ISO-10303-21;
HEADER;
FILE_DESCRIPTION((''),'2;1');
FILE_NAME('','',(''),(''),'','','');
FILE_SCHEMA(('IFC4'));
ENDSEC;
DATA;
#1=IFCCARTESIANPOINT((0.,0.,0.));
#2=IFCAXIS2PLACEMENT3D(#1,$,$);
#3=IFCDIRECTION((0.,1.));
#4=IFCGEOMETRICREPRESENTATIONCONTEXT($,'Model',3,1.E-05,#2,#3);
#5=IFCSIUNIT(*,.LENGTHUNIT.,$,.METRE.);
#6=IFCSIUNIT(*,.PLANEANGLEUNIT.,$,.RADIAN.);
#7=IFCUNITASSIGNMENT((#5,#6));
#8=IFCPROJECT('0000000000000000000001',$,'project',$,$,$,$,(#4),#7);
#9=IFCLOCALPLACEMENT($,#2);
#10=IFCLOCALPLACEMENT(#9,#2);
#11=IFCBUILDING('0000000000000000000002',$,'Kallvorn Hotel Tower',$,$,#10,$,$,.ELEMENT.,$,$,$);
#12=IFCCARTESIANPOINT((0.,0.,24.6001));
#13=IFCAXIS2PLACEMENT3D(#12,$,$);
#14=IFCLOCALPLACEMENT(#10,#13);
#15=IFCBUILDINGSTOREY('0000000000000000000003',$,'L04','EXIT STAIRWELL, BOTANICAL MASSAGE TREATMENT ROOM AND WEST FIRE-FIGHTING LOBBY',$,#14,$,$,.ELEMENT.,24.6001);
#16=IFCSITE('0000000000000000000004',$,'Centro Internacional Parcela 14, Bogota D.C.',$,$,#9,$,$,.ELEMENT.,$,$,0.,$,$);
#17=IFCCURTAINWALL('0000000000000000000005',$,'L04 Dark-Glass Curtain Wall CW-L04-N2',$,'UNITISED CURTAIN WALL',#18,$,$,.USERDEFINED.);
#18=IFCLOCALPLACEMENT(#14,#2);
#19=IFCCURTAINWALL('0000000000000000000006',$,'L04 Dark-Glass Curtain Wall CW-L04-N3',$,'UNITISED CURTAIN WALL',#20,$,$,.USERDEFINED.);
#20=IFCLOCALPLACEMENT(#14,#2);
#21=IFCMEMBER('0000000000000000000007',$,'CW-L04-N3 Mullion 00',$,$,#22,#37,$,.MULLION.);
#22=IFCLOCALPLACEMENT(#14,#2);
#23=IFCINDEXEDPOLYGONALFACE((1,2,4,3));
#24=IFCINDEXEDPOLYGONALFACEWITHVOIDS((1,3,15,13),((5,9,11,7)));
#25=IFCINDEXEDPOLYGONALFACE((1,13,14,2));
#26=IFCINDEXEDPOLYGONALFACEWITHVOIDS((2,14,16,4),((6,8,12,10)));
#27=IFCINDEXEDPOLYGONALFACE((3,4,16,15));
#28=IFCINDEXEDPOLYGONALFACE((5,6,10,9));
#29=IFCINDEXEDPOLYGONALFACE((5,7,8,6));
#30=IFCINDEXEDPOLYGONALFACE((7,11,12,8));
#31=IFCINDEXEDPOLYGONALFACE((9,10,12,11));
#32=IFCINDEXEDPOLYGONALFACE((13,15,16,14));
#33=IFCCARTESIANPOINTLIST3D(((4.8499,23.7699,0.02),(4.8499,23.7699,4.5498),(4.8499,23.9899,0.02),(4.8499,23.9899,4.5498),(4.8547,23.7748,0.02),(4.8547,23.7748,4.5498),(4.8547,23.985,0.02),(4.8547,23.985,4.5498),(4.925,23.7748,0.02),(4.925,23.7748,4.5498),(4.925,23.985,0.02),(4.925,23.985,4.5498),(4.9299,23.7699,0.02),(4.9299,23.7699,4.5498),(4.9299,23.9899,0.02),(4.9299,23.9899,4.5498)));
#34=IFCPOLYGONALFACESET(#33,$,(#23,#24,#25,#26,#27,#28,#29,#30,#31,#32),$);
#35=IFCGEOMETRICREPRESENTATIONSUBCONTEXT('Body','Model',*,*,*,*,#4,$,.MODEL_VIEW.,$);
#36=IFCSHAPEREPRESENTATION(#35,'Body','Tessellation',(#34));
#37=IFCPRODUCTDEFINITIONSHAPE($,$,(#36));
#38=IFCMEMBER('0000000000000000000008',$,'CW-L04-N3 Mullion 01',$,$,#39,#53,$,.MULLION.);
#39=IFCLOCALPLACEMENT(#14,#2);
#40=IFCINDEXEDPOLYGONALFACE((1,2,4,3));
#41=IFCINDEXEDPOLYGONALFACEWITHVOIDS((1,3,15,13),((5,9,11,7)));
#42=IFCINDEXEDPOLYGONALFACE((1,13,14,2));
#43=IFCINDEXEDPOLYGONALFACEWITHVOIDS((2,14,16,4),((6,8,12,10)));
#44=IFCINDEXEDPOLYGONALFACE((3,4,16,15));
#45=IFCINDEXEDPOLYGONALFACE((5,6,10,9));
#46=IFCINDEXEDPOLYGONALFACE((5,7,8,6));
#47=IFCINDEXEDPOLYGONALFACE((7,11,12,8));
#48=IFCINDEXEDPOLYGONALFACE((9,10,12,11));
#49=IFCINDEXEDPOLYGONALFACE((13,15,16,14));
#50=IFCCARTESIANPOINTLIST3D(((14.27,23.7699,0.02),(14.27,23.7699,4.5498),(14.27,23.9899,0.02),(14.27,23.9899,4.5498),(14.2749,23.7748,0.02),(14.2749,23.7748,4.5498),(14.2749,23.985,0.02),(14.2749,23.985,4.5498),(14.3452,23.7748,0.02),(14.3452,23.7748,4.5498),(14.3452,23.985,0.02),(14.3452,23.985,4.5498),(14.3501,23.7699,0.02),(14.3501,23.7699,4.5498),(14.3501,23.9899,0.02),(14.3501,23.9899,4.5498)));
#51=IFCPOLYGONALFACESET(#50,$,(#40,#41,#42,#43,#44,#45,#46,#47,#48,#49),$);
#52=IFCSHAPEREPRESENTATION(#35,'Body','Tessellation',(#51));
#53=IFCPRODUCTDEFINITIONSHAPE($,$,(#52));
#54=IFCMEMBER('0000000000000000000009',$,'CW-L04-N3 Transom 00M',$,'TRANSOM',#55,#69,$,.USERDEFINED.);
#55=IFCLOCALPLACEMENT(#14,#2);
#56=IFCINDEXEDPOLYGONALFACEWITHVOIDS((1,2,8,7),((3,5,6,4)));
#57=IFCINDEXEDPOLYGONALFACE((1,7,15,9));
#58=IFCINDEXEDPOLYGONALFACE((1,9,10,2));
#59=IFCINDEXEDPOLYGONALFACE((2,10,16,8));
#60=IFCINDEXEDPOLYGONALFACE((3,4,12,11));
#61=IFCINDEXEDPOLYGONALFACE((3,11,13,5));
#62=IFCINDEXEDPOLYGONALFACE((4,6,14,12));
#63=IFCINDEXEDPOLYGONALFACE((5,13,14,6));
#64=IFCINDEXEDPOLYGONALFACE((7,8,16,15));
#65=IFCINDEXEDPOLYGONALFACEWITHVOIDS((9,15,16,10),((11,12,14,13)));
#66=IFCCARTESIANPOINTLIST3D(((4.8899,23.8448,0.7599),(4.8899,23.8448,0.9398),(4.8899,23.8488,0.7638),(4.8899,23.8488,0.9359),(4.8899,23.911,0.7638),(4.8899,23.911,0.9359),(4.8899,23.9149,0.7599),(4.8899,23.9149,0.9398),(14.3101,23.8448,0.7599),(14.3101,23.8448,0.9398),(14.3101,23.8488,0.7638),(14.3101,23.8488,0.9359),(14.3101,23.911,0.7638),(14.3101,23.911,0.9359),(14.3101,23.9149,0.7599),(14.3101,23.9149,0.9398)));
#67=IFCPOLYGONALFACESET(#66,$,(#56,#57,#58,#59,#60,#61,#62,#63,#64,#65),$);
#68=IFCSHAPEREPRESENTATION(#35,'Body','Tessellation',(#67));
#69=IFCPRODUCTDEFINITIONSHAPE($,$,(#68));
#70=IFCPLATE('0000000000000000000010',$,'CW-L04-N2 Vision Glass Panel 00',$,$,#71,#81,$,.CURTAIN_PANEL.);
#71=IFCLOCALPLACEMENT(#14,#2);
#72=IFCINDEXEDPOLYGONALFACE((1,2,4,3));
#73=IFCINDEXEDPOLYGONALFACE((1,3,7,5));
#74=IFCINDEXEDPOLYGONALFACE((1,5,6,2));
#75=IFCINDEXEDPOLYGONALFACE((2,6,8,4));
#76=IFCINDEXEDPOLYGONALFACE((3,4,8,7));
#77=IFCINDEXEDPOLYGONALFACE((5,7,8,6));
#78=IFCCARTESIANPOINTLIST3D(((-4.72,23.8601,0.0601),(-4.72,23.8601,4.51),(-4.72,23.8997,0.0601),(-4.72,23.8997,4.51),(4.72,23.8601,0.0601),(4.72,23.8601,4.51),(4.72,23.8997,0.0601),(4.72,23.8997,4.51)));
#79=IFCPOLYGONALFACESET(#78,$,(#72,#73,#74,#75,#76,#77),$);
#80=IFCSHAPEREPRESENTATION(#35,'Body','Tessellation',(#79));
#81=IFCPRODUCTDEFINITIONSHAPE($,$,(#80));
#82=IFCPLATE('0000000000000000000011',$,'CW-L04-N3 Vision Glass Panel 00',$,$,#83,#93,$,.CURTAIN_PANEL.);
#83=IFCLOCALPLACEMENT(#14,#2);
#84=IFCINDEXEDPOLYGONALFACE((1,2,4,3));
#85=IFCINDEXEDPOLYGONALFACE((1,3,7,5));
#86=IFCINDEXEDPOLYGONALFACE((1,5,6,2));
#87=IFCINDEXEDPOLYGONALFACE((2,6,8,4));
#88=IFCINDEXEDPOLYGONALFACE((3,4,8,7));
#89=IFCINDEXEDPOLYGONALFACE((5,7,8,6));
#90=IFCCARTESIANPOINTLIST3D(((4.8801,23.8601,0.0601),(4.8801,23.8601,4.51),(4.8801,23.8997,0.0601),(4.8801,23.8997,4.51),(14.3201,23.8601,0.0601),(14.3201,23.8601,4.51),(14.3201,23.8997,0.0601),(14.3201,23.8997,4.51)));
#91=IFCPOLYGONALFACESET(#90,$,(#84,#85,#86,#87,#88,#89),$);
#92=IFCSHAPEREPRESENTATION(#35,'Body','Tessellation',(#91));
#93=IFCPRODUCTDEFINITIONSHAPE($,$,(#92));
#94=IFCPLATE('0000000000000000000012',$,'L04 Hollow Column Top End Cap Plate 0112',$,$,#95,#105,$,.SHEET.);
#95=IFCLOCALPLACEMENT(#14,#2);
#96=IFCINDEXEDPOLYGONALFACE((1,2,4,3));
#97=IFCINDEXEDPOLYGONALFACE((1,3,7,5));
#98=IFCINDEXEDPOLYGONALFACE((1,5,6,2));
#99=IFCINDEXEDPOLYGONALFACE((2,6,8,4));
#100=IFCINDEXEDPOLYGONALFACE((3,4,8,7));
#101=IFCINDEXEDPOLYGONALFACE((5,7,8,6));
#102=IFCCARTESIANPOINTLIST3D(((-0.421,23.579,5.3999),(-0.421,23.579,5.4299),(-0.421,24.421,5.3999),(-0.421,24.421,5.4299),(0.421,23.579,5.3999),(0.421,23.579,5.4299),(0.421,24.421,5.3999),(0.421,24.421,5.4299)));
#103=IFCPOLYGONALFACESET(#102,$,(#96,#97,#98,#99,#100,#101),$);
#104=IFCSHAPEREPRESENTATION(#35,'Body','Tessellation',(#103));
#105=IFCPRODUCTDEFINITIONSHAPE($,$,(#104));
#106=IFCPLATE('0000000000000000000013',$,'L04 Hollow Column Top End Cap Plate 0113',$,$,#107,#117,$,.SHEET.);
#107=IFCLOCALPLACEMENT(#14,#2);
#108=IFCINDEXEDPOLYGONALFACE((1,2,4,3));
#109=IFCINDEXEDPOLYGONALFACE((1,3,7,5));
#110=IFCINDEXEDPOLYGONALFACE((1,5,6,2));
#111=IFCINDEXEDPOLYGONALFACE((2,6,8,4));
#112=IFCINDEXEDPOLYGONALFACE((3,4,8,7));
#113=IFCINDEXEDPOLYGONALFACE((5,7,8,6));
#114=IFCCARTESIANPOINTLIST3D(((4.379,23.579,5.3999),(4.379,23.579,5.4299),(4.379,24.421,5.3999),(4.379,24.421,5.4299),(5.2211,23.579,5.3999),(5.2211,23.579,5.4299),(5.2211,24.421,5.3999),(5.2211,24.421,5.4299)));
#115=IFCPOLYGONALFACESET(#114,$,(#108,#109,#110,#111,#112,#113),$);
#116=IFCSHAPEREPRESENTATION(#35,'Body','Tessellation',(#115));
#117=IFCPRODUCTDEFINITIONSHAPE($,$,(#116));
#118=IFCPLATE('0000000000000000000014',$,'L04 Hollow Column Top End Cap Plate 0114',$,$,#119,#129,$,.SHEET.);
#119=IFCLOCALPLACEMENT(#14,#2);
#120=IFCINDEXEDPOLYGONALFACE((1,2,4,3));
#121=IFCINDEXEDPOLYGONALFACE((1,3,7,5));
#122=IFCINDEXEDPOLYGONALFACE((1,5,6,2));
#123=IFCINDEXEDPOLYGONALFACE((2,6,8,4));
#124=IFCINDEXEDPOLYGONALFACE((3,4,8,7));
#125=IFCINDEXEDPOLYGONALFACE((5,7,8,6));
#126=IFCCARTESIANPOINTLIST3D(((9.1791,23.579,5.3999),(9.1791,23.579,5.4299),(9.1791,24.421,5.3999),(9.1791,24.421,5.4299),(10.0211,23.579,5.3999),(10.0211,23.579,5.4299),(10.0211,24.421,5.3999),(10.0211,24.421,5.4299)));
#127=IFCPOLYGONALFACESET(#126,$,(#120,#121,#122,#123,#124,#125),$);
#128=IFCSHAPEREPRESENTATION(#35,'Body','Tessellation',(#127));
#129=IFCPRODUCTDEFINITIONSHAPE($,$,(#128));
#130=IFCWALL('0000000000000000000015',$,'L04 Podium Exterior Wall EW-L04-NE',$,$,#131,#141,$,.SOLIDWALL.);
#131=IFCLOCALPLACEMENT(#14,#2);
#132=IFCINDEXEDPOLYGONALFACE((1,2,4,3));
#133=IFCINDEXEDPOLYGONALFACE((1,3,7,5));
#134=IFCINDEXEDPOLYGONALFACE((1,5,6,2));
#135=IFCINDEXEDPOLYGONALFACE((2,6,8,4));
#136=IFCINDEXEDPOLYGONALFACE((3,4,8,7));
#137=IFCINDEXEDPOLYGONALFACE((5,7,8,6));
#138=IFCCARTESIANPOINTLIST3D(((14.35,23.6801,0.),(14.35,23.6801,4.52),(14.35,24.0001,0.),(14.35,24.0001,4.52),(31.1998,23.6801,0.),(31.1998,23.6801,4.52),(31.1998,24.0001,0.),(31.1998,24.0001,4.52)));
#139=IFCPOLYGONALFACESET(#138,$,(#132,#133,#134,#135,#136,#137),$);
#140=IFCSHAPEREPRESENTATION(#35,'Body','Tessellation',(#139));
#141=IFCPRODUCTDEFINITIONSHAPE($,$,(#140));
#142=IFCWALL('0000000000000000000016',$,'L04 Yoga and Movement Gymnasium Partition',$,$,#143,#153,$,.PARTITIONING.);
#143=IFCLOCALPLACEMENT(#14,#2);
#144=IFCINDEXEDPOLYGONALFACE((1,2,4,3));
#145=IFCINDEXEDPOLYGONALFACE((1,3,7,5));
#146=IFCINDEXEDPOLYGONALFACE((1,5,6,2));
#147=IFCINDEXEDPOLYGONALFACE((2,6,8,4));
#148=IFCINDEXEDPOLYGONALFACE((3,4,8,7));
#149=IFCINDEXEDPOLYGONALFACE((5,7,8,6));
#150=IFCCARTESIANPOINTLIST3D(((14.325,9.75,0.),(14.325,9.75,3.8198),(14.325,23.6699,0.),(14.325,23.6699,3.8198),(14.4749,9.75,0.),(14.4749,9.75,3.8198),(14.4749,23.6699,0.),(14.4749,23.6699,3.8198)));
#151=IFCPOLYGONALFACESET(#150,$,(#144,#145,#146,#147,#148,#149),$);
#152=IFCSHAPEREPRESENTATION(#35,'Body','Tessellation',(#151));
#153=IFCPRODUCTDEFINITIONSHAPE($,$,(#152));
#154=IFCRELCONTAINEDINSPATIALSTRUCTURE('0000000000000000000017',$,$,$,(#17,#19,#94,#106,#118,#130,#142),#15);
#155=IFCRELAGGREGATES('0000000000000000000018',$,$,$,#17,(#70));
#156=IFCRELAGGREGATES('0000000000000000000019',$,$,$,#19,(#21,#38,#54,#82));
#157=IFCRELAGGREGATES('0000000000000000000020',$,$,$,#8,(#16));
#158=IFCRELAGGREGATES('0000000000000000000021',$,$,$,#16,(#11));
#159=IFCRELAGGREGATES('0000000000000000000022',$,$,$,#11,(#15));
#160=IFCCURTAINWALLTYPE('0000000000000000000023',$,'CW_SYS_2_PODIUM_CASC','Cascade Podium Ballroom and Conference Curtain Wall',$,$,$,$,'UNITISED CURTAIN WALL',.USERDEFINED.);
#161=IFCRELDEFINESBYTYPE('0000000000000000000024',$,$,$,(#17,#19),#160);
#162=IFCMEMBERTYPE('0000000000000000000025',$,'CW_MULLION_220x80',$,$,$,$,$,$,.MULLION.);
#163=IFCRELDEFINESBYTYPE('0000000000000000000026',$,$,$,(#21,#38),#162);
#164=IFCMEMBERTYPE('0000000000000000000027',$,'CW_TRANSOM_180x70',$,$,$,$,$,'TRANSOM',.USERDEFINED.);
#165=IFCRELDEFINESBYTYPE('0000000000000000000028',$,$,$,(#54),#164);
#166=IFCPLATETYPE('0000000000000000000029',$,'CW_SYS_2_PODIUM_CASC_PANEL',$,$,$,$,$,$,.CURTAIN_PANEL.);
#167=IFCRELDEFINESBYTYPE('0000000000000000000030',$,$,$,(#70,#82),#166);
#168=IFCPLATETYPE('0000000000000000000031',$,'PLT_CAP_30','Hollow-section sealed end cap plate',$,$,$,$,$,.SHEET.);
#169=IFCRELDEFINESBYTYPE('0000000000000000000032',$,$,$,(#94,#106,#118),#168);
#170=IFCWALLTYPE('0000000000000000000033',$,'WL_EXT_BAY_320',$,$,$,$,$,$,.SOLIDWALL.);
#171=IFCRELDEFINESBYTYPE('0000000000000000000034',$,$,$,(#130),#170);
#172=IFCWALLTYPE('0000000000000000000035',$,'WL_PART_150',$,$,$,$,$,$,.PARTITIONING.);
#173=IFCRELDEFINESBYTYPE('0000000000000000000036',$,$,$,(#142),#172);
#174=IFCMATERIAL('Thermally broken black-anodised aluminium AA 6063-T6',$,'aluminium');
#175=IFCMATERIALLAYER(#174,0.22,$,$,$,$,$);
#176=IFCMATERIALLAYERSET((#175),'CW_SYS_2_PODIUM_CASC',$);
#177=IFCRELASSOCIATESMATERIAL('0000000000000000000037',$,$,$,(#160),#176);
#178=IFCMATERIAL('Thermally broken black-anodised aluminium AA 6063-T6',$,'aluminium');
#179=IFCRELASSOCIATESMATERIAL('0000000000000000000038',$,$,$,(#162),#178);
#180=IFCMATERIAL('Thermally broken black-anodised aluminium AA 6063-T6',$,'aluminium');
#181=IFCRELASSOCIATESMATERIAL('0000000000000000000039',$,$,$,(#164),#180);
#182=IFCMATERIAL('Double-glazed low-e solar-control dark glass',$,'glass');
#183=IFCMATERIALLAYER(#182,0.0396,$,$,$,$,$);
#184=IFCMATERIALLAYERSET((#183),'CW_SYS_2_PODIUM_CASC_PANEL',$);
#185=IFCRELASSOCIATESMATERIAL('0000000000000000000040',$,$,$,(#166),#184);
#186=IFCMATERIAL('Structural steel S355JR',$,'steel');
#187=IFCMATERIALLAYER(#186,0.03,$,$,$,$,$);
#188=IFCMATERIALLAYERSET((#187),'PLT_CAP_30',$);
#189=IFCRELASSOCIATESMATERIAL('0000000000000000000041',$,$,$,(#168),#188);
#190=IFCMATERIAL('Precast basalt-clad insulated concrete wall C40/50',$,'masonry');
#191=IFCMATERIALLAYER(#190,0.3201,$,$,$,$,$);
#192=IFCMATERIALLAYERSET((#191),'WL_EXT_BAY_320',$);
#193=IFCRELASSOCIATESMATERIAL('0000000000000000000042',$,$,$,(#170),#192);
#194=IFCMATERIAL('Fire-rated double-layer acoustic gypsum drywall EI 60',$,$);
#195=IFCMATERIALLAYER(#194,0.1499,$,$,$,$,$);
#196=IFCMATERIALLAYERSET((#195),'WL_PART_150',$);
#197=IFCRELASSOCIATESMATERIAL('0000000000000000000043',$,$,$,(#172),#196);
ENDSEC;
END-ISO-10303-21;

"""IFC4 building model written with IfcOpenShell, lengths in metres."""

from ifc_helpers import new_model, si_unit, direction, frame, frame_2d, origin, origin_2d, place, context, subcontext, project, spatial, rectangle, hollow_rectangle, extrude, material, layer, layer_set, material_profile, profile_set, type_object, element, aggregate, save


model = new_model("IFC4")

# Units and contexts
model_context = context("Model", 3, precision=1e-05, world=origin(), true_north=direction((0.0, 1.0)))
body_context = subcontext(model_context, "Body", "Model", "MODEL_VIEW")
ifc_project = project(units=[si_unit("LENGTHUNIT", "METRE"), si_unit("PLANEANGLEUNIT", "RADIAN")], contexts=[model_context])

# Site, building, storey
site_placement = place(None, origin())
site = spatial("IfcSite", under=ifc_project, at=site_placement, Name="Centro Internacional Parcela 14, Bogota D.C.", CompositionType="ELEMENT", RefElevation=0.0)
building_placement = place(site_placement, origin())
building = spatial("IfcBuilding", under=site, at=building_placement, Name="Kallvorn Hotel Tower", CompositionType="ELEMENT")
storey_placement = place(building_placement, frame((0.0, 0.0, 24.6001)))
storey = spatial("IfcBuildingStorey", under=building, at=storey_placement, Name="L04", Description="EXIT STAIRWELL, BOTANICAL MASSAGE TREATMENT ROOM AND WEST FIRE-FIGHTING LOBBY", CompositionType="ELEMENT", Elevation=24.6001)

# Curtain wall
ifc_material_1 = material(Name="Thermally broken black-anodised aluminium AA 6063-T6", Category="aluminium")
ifc_layer_1 = layer(ifc_material_1, 0.22)
ifc_layer_set_1 = layer_set([ifc_layer_1], Name="CW_SYS_2_PODIUM_CASC")
curtain_wall_type = type_object("IfcCurtainWallType", Name="CW_SYS_2_PODIUM_CASC", Description="Cascade Podium Ballroom and Conference Curtain Wall", ElementType="UNITISED CURTAIN WALL", PredefinedType="USERDEFINED", material=ifc_layer_set_1)
curtain_wall_1_placement = place(storey_placement, origin())
curtain_wall_1 = element("IfcCurtainWall", 1, at=curtain_wall_1_placement, inside=storey, type_object=curtain_wall_type, Name="L04 Dark-Glass Curtain Wall CW-L04-N2", ObjectType="UNITISED CURTAIN WALL", PredefinedType="USERDEFINED")
ifc_material_2 = material(Name="Thermally broken black-anodised aluminium AA 6063-T6", Category="aluminium")
ifc_material_profile_1 = material_profile(ifc_material_2, hollow_rectangle(XDim=0.0801, YDim=0.22, WallThickness=0.0049, at=origin_2d()), Name="MUL 220x80")
ifc_profile_set_1 = profile_set([ifc_material_profile_1], Name="Thermally broken black-anodised aluminium AA 6063-T6")
member_type_1 = type_object("IfcMemberType", Name="CW_MULLION_220x80", PredefinedType="MULLION", material=ifc_profile_set_1)

# Curtain wall, members
curtain_wall_2_placement = place(storey_placement, origin())
curtain_wall_2 = element("IfcCurtainWall", 2, at=curtain_wall_2_placement, inside=storey, type_object=curtain_wall_type, Name="L04 Dark-Glass Curtain Wall CW-L04-N3", ObjectType="UNITISED CURTAIN WALL", PredefinedType="USERDEFINED")
member_1_placement = place(storey_placement, frame((4.8899, 23.8799, 0.02), z_axis=(0.0, 0.0, 1.0), x_axis=(1.0, 0.0, 0.0)))
member_1 = element("IfcMember", 3, at=member_1_placement, type_object=member_type_1, Name="CW-L04-N3 Mullion 00", PredefinedType="MULLION", context=body_context, shape_type="SweptSolid", body=[
    extrude(hollow_rectangle(XDim=0.0801, YDim=0.22, WallThickness=0.0049, at=origin_2d()), origin(), (0.0, 0.0, 1.0), 4.5298),
])
member_2_placement = place(storey_placement, frame((14.3101, 23.8799, 0.02), z_axis=(0.0, 0.0, 1.0), x_axis=(1.0, 0.0, 0.0)))
member_2 = element("IfcMember", 4, at=member_2_placement, type_object=member_type_1, Name="CW-L04-N3 Mullion 01", PredefinedType="MULLION", context=body_context, shape_type="SweptSolid", body=[
    extrude(hollow_rectangle(XDim=0.0801, YDim=0.22, WallThickness=0.0049, at=origin_2d()), origin(), (0.0, 0.0, 1.0), 4.5298),
])
ifc_material_3 = material(Name="Thermally broken black-anodised aluminium AA 6063-T6", Category="aluminium")
ifc_material_profile_2 = material_profile(ifc_material_3, hollow_rectangle(XDim=0.0701, YDim=0.1799, WallThickness=0.0039, at=origin_2d()), Name="TRN 180x70")
ifc_profile_set_2 = profile_set([ifc_material_profile_2], Name="Thermally broken black-anodised aluminium AA 6063-T6")
member_type_2 = type_object("IfcMemberType", Name="CW_TRANSOM_180x70", ElementType="TRANSOM", PredefinedType="USERDEFINED", material=ifc_profile_set_2)
member_3_placement = place(storey_placement, frame((4.8899, 23.8799, 0.8499), z_axis=(1.0, 0.0, 0.0), x_axis=(0.0, 1.0, 0.0)))
member_3 = element("IfcMember", 5, at=member_3_placement, type_object=member_type_2, Name="CW-L04-N3 Transom 00M", ObjectType="TRANSOM", PredefinedType="USERDEFINED", context=body_context, shape_type="SweptSolid", body=[
    extrude(hollow_rectangle(XDim=0.0701, YDim=0.1799, WallThickness=0.0039, at=origin_2d()), origin(), (0.0, 0.0, 1.0), 9.4202),
])

# Plates
ifc_material_4 = material(Name="Double-glazed low-e solar-control dark glass", Category="glass")
ifc_layer_2 = layer(ifc_material_4, 0.0396)
ifc_layer_set_2 = layer_set([ifc_layer_2], Name="CW_SYS_2_PODIUM_CASC_PANEL")
plate_type_1 = type_object("IfcPlateType", Name="CW_SYS_2_PODIUM_CASC_PANEL", PredefinedType="CURTAIN_PANEL", material=ifc_layer_set_2)
plate_1_placement = place(storey_placement, frame((0.0, 23.8799, 0.0601), z_axis=(0.0, 0.0, 1.0), x_axis=(1.0, 0.0, 0.0)))
plate_1 = element("IfcPlate", 6, at=plate_1_placement, type_object=plate_type_1, Name="CW-L04-N2 Vision Glass Panel 00", PredefinedType="CURTAIN_PANEL", context=body_context, shape_type="SweptSolid", body=[
    extrude(rectangle(XDim=9.4399, YDim=0.0396, at=origin_2d()), origin(), (0.0, 0.0, 1.0), 4.45),
])
aggregate(curtain_wall_1, [plate_1])
plate_2_placement = place(storey_placement, frame((9.6001, 23.8799, 0.0601), z_axis=(0.0, 0.0, 1.0), x_axis=(1.0, 0.0, 0.0)))
plate_2 = element("IfcPlate", 7, at=plate_2_placement, type_object=plate_type_1, Name="CW-L04-N3 Vision Glass Panel 00", PredefinedType="CURTAIN_PANEL", context=body_context, shape_type="SweptSolid", body=[
    extrude(rectangle(XDim=9.4399, YDim=0.0396, at=origin_2d()), origin(), (0.0, 0.0, 1.0), 4.45),
])
aggregate(curtain_wall_2, [member_1, member_2, member_3, plate_2])

# Plates
ifc_material_5 = material(Name="Structural steel S355JR", Category="steel")
ifc_layer_3 = layer(ifc_material_5, 0.03)
ifc_layer_set_3 = layer_set([ifc_layer_3], Name="PLT_CAP_30")
plate_type_2 = type_object("IfcPlateType", Name="PLT_CAP_30", Description="Hollow-section sealed end cap plate", PredefinedType="SHEET", material=ifc_layer_set_3)
for number, where, z_axis, x_axis, name in (
    (8, (0.0, 24.0, 5.3999), (0.0, 0.0, 1.0), (1.0, 0.0, 0.0), "L04 Hollow Column Top End Cap Plate 0112"),
    (9, (4.8, 24.0, 5.3999), (0.0, 0.0, 1.0), (1.0, 0.0, 0.0), "L04 Hollow Column Top End Cap Plate 0113"),
    (10, (9.6001, 24.0, 5.3999), (0.0, 0.0, 1.0), (1.0, 0.0, 0.0), "L04 Hollow Column Top End Cap Plate 0114"),
):
    element("IfcPlate", number, at=place(storey_placement, frame(where, z_axis=z_axis, x_axis=x_axis)), inside=storey, type_object=plate_type_2, Name=name, PredefinedType="SHEET", context=body_context, shape_type="SweptSolid", body=[
        extrude(rectangle(XDim=0.842, YDim=0.842, at=origin_2d()), origin(), (0.0, 0.0, 1.0), 0.03),
    ])

# Walls
ifc_material_6 = material(Name="Precast basalt-clad insulated concrete wall C40/50", Category="masonry")
ifc_layer_4 = layer(ifc_material_6, 0.3201)
ifc_layer_set_4 = layer_set([ifc_layer_4], Name="WL_EXT_BAY_320")
wall_type_1 = type_object("IfcWallType", Name="WL_EXT_BAY_320", PredefinedType="SOLIDWALL", material=ifc_layer_set_4)
wall_1_placement = place(storey_placement, frame((14.3501, 23.8401, 0.0), z_axis=(0.0, 0.0, 1.0), x_axis=(1.0, 0.0, 0.0)))
element("IfcWall", 11, at=wall_1_placement, inside=storey, type_object=wall_type_1, Name="L04 Podium Exterior Wall EW-L04-NE", PredefinedType="SOLIDWALL", context=body_context, shape_type="SweptSolid", body=[
    extrude(rectangle(XDim=16.8499, YDim=0.3201, at=frame_2d((8.4248, 0.0))), origin(), (0.0, 0.0, 1.0), 4.52),
])
ifc_material_7 = material(Name="Fire-rated double-layer acoustic gypsum drywall EI 60")
ifc_layer_5 = layer(ifc_material_7, 0.1499)
ifc_layer_set_5 = layer_set([ifc_layer_5], Name="WL_PART_150")
wall_type_2 = type_object("IfcWallType", Name="WL_PART_150", PredefinedType="PARTITIONING", material=ifc_layer_set_5)
wall_2_placement = place(storey_placement, frame((14.3999, 9.75, 0.0), z_axis=(0.0, 0.0, 1.0), x_axis=(0.0, 1.0, 0.0)))
element("IfcWall", 12, at=wall_2_placement, inside=storey, type_object=wall_type_2, Name="L04 Yoga and Movement Gymnasium Partition", PredefinedType="PARTITIONING", context=body_context, shape_type="SweptSolid", body=[
    extrude(rectangle(XDim=13.9199, YDim=0.1499, at=frame_2d((6.96, 0.0))), origin(), (0.0, 0.0, 1.0), 3.8198),
])

save(model, "model.ifc")
